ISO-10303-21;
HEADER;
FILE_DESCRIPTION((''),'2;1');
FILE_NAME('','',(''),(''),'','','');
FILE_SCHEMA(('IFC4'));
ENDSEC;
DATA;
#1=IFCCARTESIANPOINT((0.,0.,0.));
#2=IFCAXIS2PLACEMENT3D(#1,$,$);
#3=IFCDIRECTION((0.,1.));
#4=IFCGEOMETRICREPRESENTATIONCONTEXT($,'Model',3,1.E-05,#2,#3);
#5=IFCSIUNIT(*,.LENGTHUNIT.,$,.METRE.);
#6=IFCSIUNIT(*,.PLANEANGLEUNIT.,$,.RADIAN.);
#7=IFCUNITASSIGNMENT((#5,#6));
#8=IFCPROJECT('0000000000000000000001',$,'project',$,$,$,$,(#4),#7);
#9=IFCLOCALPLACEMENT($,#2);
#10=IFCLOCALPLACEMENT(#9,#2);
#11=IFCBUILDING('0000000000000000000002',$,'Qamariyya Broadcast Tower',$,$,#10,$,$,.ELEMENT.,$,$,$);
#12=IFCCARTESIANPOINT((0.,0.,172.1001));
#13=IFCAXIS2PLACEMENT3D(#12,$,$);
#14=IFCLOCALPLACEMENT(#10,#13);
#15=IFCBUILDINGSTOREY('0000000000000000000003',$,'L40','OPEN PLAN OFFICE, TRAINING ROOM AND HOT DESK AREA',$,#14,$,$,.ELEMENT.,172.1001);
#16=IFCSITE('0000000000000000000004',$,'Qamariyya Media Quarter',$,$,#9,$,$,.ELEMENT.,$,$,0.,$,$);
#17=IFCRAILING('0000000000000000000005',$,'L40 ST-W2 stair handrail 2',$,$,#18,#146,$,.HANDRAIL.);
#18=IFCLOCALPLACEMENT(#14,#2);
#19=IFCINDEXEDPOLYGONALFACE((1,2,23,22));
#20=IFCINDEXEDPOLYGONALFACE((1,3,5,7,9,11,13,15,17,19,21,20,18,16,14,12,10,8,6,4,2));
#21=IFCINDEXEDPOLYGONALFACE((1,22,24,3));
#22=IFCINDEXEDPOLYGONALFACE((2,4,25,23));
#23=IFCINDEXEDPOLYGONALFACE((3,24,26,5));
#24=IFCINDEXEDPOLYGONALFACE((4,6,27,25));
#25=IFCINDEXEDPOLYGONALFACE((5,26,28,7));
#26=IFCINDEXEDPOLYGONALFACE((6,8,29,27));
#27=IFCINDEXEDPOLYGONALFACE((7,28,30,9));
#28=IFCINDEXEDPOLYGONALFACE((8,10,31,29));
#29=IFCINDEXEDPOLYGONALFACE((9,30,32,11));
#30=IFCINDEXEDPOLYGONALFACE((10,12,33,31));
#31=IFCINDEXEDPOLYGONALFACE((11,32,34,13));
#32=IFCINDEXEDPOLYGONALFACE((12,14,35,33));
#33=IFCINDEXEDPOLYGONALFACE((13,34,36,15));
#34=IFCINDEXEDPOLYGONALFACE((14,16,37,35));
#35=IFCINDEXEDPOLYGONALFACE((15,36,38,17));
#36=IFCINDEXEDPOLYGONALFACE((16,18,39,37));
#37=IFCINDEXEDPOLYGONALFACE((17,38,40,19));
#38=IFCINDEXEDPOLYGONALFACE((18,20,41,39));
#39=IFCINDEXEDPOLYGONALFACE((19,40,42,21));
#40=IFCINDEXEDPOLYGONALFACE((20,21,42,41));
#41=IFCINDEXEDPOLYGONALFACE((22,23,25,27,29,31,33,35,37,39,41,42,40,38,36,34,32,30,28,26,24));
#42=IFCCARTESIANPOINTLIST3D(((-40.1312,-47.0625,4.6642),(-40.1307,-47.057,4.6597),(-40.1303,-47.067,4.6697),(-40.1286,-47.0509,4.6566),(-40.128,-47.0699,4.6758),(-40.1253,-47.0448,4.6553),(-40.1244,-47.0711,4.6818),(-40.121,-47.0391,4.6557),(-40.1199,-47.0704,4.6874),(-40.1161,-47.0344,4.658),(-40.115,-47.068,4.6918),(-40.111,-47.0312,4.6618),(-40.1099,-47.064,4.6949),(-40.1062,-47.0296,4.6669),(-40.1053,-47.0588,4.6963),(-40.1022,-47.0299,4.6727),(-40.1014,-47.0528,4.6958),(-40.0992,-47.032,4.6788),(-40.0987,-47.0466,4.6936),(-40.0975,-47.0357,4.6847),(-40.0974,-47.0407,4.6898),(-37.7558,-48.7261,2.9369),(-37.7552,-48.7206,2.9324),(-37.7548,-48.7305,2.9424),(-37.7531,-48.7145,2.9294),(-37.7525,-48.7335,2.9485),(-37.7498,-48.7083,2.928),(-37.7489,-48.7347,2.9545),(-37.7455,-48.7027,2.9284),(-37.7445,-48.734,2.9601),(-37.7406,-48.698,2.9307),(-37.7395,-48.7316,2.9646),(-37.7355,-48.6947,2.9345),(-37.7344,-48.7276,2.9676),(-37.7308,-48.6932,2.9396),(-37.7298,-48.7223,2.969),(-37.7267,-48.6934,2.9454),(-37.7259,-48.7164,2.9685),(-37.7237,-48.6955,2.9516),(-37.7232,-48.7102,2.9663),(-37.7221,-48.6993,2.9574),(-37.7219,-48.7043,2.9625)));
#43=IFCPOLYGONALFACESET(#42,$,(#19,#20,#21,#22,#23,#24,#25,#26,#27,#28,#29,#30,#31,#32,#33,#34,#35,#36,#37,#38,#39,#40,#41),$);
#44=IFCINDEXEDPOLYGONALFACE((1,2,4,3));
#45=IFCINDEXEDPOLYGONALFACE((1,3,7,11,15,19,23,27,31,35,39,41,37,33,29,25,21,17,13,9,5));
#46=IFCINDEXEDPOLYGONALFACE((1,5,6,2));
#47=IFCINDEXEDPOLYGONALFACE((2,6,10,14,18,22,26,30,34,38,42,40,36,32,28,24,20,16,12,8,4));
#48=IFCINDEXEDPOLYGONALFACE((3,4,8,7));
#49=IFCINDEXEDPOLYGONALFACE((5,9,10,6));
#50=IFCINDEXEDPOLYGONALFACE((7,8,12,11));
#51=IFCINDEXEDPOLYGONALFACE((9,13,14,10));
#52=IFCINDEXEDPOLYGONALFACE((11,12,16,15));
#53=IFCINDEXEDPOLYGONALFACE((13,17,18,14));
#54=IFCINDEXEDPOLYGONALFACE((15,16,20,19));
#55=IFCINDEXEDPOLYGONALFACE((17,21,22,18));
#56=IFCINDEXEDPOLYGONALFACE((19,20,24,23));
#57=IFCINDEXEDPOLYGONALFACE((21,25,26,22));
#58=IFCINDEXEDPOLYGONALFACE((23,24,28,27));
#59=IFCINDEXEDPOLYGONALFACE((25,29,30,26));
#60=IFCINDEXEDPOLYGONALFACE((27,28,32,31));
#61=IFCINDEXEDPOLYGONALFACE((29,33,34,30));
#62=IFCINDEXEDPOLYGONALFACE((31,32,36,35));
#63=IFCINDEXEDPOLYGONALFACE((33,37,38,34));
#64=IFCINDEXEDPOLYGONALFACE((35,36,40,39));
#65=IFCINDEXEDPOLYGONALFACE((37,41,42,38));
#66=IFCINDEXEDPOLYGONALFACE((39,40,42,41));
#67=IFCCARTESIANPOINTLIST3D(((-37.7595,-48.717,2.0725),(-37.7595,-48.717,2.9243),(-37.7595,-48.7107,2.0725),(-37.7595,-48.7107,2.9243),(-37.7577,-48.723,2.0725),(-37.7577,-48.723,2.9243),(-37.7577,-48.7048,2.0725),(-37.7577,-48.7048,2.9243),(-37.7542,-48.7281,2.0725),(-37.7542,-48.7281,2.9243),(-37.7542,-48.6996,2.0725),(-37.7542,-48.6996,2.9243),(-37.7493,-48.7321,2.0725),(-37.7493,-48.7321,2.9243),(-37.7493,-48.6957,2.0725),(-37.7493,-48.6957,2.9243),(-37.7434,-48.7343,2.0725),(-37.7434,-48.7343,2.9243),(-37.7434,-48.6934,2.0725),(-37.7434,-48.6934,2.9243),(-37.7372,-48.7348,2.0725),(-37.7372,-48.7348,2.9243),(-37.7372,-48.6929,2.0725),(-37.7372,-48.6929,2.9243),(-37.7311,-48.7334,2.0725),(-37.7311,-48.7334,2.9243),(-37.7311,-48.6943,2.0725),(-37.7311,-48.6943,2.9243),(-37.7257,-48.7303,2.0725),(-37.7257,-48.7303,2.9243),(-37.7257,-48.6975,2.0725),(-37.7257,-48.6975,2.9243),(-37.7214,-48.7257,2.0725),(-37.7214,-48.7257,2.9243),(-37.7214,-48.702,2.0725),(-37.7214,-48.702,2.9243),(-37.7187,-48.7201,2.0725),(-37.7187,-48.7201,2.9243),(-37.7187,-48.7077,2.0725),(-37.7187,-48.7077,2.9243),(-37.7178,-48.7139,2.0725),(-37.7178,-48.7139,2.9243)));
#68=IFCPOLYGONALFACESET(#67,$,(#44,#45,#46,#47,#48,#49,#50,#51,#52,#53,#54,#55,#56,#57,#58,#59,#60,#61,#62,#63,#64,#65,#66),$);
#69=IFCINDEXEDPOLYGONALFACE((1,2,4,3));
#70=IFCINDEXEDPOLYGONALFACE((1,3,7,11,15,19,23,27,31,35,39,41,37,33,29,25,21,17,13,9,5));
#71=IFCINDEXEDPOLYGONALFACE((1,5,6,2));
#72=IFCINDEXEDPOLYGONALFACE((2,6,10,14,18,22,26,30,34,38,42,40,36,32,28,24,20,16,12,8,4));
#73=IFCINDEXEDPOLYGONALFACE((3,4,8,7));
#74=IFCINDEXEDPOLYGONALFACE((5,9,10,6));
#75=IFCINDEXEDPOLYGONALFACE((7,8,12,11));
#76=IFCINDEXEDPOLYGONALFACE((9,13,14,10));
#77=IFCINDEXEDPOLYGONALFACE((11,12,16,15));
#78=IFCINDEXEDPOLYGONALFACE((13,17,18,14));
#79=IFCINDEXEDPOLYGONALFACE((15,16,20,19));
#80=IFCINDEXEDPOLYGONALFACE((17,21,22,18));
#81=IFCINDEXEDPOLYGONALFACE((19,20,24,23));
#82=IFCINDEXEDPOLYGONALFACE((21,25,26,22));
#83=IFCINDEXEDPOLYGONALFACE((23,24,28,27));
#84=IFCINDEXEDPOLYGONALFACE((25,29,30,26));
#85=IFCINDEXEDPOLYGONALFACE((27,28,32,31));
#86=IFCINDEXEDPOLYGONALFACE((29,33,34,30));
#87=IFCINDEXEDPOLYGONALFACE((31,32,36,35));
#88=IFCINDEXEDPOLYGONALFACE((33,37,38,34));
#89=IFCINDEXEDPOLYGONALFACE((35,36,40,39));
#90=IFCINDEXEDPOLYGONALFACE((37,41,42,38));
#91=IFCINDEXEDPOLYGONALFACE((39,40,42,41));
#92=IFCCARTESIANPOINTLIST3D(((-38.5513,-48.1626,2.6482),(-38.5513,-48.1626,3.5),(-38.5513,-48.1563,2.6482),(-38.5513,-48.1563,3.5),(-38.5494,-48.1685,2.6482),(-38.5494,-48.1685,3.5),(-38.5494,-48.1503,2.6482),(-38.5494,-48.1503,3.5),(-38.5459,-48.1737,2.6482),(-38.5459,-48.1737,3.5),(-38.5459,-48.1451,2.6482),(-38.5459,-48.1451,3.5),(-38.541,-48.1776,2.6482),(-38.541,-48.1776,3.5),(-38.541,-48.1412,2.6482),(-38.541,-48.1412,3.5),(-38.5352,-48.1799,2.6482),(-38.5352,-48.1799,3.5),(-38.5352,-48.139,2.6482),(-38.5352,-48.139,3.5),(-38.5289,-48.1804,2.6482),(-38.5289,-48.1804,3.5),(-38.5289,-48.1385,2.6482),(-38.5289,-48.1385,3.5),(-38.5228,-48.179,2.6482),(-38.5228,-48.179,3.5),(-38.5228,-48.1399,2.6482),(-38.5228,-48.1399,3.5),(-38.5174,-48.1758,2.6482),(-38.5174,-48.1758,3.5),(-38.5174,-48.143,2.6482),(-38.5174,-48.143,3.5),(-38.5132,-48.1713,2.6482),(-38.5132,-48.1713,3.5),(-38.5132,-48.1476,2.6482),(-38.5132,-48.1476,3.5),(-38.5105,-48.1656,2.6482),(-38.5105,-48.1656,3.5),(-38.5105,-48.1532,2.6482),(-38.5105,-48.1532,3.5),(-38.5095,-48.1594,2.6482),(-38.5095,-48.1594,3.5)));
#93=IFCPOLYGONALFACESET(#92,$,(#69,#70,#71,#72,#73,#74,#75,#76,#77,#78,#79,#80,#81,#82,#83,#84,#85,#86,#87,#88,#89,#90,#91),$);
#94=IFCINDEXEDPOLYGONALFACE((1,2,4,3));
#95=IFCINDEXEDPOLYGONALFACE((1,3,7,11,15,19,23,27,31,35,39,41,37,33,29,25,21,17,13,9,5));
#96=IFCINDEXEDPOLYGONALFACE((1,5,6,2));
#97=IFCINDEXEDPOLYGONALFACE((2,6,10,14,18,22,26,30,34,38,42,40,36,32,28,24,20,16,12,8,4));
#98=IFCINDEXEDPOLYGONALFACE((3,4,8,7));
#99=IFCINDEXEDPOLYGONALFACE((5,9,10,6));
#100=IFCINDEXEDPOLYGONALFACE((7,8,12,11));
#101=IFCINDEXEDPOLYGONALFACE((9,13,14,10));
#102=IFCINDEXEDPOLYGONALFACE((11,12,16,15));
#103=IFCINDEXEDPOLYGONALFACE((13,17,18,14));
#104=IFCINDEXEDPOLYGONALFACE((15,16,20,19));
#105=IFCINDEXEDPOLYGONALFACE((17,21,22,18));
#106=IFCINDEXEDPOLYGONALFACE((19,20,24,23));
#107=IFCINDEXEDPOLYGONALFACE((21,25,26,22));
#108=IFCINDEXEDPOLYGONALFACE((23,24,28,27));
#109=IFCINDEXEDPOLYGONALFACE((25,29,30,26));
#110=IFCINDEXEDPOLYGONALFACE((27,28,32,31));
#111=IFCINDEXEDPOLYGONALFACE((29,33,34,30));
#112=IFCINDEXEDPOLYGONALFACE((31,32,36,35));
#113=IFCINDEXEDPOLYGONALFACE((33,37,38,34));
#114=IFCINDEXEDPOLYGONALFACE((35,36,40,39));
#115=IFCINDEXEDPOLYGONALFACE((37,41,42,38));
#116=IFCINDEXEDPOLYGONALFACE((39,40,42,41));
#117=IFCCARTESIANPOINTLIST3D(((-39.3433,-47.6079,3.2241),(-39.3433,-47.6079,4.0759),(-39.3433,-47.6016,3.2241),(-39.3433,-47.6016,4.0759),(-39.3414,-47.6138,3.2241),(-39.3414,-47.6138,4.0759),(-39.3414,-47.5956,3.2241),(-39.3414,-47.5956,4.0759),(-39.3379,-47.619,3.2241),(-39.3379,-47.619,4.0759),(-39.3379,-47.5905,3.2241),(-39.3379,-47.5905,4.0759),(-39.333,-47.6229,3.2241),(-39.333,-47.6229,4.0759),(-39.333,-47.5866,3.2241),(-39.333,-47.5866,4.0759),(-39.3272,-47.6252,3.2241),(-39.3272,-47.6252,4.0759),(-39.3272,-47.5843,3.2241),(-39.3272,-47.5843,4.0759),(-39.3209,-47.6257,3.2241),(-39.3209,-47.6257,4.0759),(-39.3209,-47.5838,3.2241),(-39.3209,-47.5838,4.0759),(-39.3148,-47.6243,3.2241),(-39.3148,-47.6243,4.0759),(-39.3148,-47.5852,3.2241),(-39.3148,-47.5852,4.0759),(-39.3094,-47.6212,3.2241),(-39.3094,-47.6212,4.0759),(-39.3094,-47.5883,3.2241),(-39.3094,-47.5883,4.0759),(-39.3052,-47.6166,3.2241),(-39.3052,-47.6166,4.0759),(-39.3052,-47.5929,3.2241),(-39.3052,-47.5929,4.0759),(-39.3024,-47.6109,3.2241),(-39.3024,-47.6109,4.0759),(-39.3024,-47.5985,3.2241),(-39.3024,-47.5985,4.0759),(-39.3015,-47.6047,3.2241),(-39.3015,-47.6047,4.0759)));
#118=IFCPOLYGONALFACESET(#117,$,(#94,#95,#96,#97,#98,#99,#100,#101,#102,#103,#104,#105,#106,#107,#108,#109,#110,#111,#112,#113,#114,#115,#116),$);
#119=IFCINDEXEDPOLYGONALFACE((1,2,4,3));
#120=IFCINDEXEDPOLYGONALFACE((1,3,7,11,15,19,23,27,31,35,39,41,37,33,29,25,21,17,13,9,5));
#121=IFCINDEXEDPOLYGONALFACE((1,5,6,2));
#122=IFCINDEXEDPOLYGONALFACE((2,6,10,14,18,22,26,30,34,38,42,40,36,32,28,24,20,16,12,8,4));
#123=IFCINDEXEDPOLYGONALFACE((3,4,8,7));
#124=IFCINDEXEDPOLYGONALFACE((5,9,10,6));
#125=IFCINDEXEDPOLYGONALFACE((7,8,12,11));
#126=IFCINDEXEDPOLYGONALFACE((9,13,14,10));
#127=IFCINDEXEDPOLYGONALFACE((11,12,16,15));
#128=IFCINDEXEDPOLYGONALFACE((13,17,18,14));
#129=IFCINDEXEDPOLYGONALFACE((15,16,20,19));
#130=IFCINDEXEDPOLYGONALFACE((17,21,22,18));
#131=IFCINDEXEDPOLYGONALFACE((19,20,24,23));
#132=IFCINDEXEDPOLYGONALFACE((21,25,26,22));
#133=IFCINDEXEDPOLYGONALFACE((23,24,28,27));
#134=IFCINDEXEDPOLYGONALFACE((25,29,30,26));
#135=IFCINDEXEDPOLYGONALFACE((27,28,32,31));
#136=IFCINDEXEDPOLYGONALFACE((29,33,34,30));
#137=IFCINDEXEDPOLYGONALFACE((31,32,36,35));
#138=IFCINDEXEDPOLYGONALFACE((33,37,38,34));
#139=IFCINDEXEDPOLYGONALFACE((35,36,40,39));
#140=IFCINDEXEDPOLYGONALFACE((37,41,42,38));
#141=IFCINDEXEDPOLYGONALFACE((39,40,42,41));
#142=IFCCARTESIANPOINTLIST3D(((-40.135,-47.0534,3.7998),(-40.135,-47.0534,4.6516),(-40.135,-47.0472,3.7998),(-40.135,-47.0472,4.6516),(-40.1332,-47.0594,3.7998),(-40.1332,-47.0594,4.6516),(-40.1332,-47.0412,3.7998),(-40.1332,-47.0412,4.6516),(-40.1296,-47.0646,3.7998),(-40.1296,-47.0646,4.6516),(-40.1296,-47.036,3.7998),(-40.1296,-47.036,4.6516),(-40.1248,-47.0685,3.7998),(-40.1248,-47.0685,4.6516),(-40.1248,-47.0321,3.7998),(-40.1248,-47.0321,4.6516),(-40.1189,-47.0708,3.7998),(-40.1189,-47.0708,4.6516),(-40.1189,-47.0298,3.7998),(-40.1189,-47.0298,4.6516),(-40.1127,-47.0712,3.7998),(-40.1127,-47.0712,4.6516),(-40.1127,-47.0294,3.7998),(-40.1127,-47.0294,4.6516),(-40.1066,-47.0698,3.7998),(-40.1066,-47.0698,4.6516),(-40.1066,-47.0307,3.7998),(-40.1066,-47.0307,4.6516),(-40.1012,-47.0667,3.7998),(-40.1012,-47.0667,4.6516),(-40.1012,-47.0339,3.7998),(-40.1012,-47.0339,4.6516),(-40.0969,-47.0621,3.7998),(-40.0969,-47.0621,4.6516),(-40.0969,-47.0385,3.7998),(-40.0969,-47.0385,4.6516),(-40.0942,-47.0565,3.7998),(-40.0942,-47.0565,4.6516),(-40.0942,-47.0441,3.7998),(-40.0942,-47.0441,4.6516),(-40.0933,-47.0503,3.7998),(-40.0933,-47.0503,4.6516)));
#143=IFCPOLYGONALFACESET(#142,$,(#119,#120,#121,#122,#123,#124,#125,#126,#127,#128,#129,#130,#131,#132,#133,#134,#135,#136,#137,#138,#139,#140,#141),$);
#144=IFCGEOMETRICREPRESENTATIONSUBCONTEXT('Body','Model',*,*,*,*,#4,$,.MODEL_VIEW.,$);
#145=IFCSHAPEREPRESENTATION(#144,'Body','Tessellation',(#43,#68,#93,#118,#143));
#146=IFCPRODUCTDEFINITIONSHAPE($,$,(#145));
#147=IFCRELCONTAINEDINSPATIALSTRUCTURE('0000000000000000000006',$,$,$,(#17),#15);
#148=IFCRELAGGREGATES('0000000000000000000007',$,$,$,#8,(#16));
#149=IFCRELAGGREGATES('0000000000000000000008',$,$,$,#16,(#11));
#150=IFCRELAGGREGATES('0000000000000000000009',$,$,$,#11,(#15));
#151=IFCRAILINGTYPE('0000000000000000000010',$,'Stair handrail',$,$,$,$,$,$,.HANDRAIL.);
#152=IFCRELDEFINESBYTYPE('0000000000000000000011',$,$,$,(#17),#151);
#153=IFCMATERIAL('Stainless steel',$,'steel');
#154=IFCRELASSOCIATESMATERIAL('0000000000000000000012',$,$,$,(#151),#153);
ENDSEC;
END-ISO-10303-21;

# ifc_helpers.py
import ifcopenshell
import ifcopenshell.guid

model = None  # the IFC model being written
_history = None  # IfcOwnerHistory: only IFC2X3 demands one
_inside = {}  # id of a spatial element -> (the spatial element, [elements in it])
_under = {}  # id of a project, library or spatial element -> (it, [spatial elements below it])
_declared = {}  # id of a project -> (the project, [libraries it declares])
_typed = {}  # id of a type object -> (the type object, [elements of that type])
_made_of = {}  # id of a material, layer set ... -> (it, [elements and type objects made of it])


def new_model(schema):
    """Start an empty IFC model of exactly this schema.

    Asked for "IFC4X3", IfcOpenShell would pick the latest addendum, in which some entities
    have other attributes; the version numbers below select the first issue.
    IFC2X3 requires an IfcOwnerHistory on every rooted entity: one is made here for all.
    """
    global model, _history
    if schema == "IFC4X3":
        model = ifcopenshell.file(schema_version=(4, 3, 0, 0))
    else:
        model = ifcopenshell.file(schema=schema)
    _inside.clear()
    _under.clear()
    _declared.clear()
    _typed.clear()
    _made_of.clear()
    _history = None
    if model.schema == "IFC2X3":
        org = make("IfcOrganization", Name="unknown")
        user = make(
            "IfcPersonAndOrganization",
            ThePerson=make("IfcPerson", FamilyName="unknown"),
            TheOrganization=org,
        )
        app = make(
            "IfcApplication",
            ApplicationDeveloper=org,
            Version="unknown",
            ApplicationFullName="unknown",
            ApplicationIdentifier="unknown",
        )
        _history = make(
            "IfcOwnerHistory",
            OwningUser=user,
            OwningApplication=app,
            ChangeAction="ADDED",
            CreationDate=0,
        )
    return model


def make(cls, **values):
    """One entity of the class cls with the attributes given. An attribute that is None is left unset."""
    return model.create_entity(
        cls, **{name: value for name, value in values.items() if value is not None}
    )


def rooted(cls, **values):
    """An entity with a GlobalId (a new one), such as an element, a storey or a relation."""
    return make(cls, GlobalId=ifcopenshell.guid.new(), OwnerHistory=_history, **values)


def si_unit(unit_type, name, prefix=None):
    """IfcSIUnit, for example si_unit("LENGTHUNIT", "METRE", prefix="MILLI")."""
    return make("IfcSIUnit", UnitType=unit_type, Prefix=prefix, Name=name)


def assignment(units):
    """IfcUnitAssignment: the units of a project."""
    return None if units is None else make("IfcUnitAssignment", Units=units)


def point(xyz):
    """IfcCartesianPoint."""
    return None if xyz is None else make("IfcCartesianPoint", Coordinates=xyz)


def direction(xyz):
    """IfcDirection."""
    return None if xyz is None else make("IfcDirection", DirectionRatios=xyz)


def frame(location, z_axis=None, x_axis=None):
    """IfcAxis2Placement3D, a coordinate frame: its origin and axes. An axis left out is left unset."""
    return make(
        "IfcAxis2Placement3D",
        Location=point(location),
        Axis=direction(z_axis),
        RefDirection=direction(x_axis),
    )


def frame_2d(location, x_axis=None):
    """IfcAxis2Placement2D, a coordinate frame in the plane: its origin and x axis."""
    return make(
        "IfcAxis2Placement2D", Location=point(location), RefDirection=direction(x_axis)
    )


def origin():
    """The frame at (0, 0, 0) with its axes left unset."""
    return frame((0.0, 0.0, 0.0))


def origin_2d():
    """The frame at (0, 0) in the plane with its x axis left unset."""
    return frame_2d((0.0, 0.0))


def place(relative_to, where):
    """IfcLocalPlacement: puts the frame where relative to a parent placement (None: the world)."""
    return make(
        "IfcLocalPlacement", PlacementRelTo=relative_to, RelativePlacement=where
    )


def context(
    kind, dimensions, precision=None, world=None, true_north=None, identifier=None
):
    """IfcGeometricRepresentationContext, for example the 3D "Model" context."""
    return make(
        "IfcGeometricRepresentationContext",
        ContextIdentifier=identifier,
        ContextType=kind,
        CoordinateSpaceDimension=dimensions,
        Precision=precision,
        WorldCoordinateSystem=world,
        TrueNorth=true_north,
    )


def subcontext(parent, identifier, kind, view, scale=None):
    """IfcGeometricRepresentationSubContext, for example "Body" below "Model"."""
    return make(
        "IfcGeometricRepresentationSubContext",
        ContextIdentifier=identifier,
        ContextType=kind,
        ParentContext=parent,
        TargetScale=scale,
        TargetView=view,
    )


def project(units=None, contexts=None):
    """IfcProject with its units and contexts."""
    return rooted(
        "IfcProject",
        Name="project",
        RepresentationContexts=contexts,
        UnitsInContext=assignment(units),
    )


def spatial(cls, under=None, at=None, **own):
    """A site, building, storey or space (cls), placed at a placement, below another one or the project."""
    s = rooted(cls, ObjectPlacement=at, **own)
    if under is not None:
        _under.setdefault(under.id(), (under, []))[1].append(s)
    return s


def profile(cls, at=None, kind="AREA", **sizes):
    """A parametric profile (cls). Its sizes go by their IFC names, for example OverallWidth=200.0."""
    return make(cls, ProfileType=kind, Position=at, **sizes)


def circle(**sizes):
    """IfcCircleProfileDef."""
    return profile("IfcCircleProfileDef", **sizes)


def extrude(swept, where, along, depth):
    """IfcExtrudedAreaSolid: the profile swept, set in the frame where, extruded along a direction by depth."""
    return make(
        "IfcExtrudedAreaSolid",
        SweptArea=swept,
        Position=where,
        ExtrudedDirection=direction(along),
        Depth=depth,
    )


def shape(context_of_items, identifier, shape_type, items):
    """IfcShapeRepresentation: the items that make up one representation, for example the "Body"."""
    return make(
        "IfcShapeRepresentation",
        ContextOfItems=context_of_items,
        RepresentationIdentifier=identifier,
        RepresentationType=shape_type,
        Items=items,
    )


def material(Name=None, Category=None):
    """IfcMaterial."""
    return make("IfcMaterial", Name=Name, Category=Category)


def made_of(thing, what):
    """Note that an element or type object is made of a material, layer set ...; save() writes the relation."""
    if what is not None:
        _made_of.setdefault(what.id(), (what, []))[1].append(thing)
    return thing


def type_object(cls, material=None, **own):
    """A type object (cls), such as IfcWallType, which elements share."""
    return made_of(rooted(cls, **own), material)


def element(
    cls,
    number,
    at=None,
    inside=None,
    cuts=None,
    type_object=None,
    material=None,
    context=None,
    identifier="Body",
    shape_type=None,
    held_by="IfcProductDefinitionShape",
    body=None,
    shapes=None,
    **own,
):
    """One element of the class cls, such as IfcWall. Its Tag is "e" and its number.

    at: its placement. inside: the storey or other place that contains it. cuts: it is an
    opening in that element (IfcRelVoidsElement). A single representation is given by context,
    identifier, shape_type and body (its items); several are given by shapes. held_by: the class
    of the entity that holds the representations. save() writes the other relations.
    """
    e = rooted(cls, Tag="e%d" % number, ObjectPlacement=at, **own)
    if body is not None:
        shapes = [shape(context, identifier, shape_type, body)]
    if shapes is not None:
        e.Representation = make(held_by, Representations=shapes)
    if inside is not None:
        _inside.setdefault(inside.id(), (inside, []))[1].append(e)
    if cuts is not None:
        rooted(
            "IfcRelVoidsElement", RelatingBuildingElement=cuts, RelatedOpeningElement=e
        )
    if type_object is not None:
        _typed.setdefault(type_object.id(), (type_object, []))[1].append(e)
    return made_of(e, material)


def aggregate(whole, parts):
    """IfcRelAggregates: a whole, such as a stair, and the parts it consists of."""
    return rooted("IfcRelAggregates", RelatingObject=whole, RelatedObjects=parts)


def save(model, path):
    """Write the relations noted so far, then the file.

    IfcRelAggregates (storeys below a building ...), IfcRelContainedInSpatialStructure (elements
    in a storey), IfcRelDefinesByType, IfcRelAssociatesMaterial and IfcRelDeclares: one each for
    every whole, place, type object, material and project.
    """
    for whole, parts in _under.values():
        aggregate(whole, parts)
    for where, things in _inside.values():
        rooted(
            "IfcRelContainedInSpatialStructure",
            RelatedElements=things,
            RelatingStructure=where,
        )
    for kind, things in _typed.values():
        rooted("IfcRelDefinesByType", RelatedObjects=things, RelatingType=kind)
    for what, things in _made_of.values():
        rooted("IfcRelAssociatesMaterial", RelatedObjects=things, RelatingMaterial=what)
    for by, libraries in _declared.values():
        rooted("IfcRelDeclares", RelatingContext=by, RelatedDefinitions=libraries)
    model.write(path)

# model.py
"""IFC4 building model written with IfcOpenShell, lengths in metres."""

from ifc_helpers import new_model, si_unit, direction, frame, origin, origin_2d, place, context, subcontext, project, spatial, circle, extrude, material, type_object, element, save


model = new_model("IFC4")

# Units and contexts
model_context = context("Model", 3, precision=1e-05, world=origin(), true_north=direction((0.0, 1.0)))
body_context = subcontext(model_context, "Body", "Model", "MODEL_VIEW")
ifc_project = project(units=[si_unit("LENGTHUNIT", "METRE"), si_unit("PLANEANGLEUNIT", "RADIAN")], contexts=[model_context])

# Site, building, storey
site_placement = place(None, origin())
site = spatial("IfcSite", under=ifc_project, at=site_placement, Name="Qamariyya Media Quarter", CompositionType="ELEMENT", RefElevation=0.0)
building_placement = place(site_placement, origin())
building = spatial("IfcBuilding", under=site, at=building_placement, Name="Qamariyya Broadcast Tower", CompositionType="ELEMENT")
storey_placement = place(building_placement, frame((0.0, 0.0, 172.1001)))
storey = spatial("IfcBuildingStorey", under=building, at=storey_placement, Name="L40", Description="OPEN PLAN OFFICE, TRAINING ROOM AND HOT DESK AREA", CompositionType="ELEMENT", Elevation=172.1001)

# Railing
ifc_material_1 = material(Name="Stainless steel", Category="steel")
railing_type_1 = type_object("IfcRailingType", Name="Stair handrail", PredefinedType="HANDRAIL", material=ifc_material_1)
railing_1_placement = place(storey_placement, frame((-37.7388, -48.7139, 2.0725)))
element("IfcRailing", 1, at=railing_1_placement, inside=storey, type_object=railing_type_1, Name="L40 ST-W2 stair handrail 2", PredefinedType="HANDRAIL", context=body_context, shape_type="SweptSolid", body=[
    extrude(circle(Radius=0.0239, at=origin_2d()), frame((0.0, 0.0, 0.876), z_axis=(-0.703745, 0.492838, 0.511716), x_axis=(-0.573632, -0.819113, 0.0)), (0.0, 0.0, 1.0), 3.3755),
    extrude(circle(Radius=0.021, at=origin_2d()), origin(), (0.0, 0.0, 1.0), 0.8518),
    extrude(circle(Radius=0.021, at=origin_2d()), frame((-0.7917, 0.5544, 0.5757)), (0.0, 0.0, 1.0), 0.8518),
    extrude(circle(Radius=0.021, at=origin_2d()), frame((-1.5837, 1.1091, 1.1516)), (0.0, 0.0, 1.0), 0.8518),
    extrude(circle(Radius=0.021, at=origin_2d()), frame((-2.3755, 1.6636, 1.7273)), (0.0, 0.0, 1.0), 0.8518),
])

save(model, "model.ifc")
